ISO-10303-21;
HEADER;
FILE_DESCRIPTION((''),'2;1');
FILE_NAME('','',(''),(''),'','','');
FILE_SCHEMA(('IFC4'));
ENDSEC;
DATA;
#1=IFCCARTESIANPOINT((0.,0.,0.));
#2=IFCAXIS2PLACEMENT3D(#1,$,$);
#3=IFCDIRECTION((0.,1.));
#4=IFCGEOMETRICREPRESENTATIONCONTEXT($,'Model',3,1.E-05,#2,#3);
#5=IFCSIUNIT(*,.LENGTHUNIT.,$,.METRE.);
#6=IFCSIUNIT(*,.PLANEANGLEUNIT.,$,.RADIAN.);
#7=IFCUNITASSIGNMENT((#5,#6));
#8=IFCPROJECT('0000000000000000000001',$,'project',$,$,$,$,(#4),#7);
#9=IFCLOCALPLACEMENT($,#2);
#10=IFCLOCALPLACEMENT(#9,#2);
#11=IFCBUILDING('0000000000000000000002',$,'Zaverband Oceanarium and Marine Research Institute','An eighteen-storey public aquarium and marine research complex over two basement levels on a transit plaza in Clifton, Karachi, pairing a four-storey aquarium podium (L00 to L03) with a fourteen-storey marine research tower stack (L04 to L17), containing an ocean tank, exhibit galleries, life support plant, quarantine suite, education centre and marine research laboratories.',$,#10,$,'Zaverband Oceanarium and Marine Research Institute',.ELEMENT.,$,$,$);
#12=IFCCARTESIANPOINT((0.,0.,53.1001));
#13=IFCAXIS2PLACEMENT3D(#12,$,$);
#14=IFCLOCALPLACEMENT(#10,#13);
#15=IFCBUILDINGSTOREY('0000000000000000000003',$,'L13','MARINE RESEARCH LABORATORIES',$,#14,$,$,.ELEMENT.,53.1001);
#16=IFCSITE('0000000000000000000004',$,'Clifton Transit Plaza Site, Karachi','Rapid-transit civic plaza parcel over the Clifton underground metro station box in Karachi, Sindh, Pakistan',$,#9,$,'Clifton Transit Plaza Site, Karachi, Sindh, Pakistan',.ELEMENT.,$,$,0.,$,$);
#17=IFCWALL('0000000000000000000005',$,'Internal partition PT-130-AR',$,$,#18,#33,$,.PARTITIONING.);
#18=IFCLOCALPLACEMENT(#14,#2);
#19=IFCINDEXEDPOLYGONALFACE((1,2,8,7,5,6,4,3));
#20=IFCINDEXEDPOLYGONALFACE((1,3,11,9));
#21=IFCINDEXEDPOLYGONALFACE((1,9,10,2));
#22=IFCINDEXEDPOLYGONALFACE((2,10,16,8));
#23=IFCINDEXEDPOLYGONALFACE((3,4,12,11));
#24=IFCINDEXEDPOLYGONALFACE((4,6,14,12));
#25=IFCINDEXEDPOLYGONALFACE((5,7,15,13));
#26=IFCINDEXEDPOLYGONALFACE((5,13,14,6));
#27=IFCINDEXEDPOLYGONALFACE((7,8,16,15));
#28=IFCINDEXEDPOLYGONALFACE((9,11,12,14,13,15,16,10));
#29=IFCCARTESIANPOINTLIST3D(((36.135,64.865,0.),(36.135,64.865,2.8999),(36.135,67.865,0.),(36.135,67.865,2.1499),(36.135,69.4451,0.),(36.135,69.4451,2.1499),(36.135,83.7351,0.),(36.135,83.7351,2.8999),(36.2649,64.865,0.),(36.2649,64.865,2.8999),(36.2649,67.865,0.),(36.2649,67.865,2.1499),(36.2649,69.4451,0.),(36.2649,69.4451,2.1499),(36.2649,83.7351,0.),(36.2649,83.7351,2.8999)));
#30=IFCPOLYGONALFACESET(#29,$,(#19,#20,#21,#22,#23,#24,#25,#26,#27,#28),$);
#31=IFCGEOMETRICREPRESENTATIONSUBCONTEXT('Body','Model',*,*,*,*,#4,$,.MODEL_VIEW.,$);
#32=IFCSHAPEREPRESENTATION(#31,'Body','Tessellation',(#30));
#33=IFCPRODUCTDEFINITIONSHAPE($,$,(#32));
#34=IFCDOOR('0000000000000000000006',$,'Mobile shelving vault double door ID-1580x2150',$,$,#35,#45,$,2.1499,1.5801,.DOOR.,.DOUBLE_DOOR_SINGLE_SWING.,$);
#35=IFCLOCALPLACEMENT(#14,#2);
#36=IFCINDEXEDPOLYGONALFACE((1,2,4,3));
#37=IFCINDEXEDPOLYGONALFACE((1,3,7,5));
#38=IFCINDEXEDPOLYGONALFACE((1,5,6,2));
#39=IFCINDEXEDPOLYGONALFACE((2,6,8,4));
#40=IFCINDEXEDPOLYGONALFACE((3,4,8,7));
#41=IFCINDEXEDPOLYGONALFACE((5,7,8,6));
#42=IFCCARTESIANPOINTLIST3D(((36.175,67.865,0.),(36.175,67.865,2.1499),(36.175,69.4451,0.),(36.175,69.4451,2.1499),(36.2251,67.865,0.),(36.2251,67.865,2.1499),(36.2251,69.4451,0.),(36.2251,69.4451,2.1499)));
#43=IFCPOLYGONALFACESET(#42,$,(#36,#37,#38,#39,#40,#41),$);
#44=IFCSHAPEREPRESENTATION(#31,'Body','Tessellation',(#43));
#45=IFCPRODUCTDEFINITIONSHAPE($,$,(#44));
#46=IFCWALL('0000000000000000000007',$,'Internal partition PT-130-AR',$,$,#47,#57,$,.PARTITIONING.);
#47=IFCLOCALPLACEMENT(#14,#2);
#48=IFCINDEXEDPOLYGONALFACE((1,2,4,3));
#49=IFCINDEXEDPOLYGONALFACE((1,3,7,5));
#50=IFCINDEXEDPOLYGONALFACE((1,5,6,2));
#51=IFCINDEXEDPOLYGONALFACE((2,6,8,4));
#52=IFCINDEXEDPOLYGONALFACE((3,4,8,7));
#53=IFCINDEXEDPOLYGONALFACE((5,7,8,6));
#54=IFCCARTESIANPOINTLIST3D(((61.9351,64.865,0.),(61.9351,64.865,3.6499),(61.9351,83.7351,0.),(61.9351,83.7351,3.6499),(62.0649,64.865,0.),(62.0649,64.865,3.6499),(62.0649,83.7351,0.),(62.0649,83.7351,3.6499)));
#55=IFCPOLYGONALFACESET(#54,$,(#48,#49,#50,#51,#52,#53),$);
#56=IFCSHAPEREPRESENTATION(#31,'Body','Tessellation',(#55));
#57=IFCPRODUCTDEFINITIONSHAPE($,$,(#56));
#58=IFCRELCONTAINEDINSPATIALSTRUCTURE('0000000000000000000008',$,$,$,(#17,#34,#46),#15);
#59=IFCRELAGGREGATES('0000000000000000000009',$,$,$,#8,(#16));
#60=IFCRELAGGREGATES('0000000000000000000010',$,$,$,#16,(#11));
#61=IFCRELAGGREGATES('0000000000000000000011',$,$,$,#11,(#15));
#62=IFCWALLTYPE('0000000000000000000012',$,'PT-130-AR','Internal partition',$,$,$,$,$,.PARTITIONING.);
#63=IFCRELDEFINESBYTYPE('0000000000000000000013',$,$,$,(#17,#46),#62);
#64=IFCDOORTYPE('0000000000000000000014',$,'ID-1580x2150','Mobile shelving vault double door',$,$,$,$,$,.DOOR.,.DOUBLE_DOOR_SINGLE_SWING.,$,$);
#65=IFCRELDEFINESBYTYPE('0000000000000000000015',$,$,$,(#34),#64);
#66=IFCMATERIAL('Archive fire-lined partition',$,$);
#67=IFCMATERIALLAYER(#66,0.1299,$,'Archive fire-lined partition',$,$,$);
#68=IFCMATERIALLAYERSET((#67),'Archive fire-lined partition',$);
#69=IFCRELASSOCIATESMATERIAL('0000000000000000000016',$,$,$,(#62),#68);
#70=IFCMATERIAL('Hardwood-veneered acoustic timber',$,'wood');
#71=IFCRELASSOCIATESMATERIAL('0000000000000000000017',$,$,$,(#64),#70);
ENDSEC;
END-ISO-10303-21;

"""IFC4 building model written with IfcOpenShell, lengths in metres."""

from ifc_helpers import new_model, si_unit, direction, frame, frame_2d, origin, place, context, subcontext, project, spatial, rectangle, extrude, material, layer, layer_set, type_object, element, fill, save


model = new_model("IFC4")

# Units and contexts
model_context = context("Model", 3, precision=1e-05, world=origin(), true_north=direction((0.0, 1.0)))
body_context = subcontext(model_context, "Body", "Model", "MODEL_VIEW")
ifc_project = project(units=[si_unit("LENGTHUNIT", "METRE"), si_unit("PLANEANGLEUNIT", "RADIAN")], contexts=[model_context])

# Site, building, storey
site_placement = place(None, origin())
site = spatial("IfcSite", under=ifc_project, at=site_placement, Name="Clifton Transit Plaza Site, Karachi", Description="Rapid-transit civic plaza parcel over the Clifton underground metro station box in Karachi, Sindh, Pakistan", LongName="Clifton Transit Plaza Site, Karachi, Sindh, Pakistan", CompositionType="ELEMENT", RefElevation=0.0)
building_placement = place(site_placement, origin())
building = spatial("IfcBuilding", under=site, at=building_placement, Name="Zaverband Oceanarium and Marine Research Institute", Description="An eighteen-storey public aquarium and marine research complex over two basement levels on a transit plaza in Clifton, Karachi, pairing a four-storey aquarium podium (L00 to L03) with a fourteen-storey marine research tower stack (L04 to L17), containing an ocean tank, exhibit galleries, life support plant, quarantine suite, education centre and marine research laboratories.", LongName="Zaverband Oceanarium and Marine Research Institute", CompositionType="ELEMENT")
storey_placement = place(building_placement, frame((0.0, 0.0, 53.1001)))
storey = spatial("IfcBuildingStorey", under=building, at=storey_placement, Name="L13", Description="MARINE RESEARCH LABORATORIES", CompositionType="ELEMENT", Elevation=53.1001)

# Shared definitions
ifc_material_1 = material(Name="Archive fire-lined partition")
ifc_layer_1 = layer(ifc_material_1, 0.1299, Name="Archive fire-lined partition")
ifc_layer_set_1 = layer_set([ifc_layer_1], Name="Archive fire-lined partition")
wall_type_1 = type_object("IfcWallType", Name="PT-130-AR", Description="Internal partition", PredefinedType="PARTITIONING", material=ifc_layer_set_1)

# Wall, opening, door
wall_1_placement = place(storey_placement, frame((36.2, 64.865, 0.0), z_axis=(0.0, 0.0, 1.0), x_axis=(0.0, 1.0, 0.0)))
wall_1 = element("IfcWall", 1, at=wall_1_placement, inside=storey, type_object=wall_type_1, Name="Internal partition PT-130-AR", PredefinedType="PARTITIONING", context=body_context, shape_type="SweptSolid", body=[
    extrude(rectangle(XDim=18.8701, YDim=0.1299, at=frame_2d((9.4351, 0.0))), origin(), (0.0, 0.0, 1.0), 2.8999),
])
opening_1_placement = place(wall_1_placement, frame((3.0, 0.0, 0.0)))
opening_1 = element("IfcOpeningElement", 2, at=opening_1_placement, cuts=wall_1, PredefinedType="OPENING", context=body_context, shape_type="SweptSolid", body=[
    extrude(rectangle(XDim=1.5801, YDim=2.1499, at=frame_2d((0.79, 1.075))), frame((0.0, 0.0769, 0.0), z_axis=(0.0, -1.0, 0.0), x_axis=(1.0, 0.0, 0.0)), (0.0, 0.0, 1.0), 0.1538),
])
ifc_material_2 = material(Name="Hardwood-veneered acoustic timber", Category="wood")
door_type = type_object("IfcDoorType", Name="ID-1580x2150", Description="Mobile shelving vault double door", OperationType="DOUBLE_DOOR_SINGLE_SWING", PredefinedType="DOOR", material=ifc_material_2)
door_placement = place(opening_1_placement, origin())
door = element("IfcDoor", 3, at=door_placement, inside=storey, type_object=door_type, Name="Mobile shelving vault double door ID-1580x2150", OperationType="DOUBLE_DOOR_SINGLE_SWING", OverallHeight=2.1499, OverallWidth=1.5801, PredefinedType="DOOR", context=body_context, shape_type="SweptSolid", body=[
    extrude(rectangle(XDim=1.5801, YDim=2.1499, at=frame_2d((0.79, 1.075))), frame((0.0, 0.0249, 0.0), z_axis=(0.0, -1.0, 0.0), x_axis=(1.0, 0.0, 0.0)), (0.0, 0.0, 1.0), 0.05),
])
fill(opening_1, door)

# Wall
wall_2_placement = place(storey_placement, frame((62.0, 64.865, 0.0), z_axis=(0.0, 0.0, 1.0), x_axis=(0.0, 1.0, 0.0)))
element("IfcWall", 4, at=wall_2_placement, inside=storey, type_object=wall_type_1, Name="Internal partition PT-130-AR", PredefinedType="PARTITIONING", context=body_context, shape_type="SweptSolid", body=[
    extrude(rectangle(XDim=18.8701, YDim=0.1299, at=frame_2d((9.4351, 0.0))), origin(), (0.0, 0.0, 1.0), 3.6499),
])

save(model, "model.ifc")
